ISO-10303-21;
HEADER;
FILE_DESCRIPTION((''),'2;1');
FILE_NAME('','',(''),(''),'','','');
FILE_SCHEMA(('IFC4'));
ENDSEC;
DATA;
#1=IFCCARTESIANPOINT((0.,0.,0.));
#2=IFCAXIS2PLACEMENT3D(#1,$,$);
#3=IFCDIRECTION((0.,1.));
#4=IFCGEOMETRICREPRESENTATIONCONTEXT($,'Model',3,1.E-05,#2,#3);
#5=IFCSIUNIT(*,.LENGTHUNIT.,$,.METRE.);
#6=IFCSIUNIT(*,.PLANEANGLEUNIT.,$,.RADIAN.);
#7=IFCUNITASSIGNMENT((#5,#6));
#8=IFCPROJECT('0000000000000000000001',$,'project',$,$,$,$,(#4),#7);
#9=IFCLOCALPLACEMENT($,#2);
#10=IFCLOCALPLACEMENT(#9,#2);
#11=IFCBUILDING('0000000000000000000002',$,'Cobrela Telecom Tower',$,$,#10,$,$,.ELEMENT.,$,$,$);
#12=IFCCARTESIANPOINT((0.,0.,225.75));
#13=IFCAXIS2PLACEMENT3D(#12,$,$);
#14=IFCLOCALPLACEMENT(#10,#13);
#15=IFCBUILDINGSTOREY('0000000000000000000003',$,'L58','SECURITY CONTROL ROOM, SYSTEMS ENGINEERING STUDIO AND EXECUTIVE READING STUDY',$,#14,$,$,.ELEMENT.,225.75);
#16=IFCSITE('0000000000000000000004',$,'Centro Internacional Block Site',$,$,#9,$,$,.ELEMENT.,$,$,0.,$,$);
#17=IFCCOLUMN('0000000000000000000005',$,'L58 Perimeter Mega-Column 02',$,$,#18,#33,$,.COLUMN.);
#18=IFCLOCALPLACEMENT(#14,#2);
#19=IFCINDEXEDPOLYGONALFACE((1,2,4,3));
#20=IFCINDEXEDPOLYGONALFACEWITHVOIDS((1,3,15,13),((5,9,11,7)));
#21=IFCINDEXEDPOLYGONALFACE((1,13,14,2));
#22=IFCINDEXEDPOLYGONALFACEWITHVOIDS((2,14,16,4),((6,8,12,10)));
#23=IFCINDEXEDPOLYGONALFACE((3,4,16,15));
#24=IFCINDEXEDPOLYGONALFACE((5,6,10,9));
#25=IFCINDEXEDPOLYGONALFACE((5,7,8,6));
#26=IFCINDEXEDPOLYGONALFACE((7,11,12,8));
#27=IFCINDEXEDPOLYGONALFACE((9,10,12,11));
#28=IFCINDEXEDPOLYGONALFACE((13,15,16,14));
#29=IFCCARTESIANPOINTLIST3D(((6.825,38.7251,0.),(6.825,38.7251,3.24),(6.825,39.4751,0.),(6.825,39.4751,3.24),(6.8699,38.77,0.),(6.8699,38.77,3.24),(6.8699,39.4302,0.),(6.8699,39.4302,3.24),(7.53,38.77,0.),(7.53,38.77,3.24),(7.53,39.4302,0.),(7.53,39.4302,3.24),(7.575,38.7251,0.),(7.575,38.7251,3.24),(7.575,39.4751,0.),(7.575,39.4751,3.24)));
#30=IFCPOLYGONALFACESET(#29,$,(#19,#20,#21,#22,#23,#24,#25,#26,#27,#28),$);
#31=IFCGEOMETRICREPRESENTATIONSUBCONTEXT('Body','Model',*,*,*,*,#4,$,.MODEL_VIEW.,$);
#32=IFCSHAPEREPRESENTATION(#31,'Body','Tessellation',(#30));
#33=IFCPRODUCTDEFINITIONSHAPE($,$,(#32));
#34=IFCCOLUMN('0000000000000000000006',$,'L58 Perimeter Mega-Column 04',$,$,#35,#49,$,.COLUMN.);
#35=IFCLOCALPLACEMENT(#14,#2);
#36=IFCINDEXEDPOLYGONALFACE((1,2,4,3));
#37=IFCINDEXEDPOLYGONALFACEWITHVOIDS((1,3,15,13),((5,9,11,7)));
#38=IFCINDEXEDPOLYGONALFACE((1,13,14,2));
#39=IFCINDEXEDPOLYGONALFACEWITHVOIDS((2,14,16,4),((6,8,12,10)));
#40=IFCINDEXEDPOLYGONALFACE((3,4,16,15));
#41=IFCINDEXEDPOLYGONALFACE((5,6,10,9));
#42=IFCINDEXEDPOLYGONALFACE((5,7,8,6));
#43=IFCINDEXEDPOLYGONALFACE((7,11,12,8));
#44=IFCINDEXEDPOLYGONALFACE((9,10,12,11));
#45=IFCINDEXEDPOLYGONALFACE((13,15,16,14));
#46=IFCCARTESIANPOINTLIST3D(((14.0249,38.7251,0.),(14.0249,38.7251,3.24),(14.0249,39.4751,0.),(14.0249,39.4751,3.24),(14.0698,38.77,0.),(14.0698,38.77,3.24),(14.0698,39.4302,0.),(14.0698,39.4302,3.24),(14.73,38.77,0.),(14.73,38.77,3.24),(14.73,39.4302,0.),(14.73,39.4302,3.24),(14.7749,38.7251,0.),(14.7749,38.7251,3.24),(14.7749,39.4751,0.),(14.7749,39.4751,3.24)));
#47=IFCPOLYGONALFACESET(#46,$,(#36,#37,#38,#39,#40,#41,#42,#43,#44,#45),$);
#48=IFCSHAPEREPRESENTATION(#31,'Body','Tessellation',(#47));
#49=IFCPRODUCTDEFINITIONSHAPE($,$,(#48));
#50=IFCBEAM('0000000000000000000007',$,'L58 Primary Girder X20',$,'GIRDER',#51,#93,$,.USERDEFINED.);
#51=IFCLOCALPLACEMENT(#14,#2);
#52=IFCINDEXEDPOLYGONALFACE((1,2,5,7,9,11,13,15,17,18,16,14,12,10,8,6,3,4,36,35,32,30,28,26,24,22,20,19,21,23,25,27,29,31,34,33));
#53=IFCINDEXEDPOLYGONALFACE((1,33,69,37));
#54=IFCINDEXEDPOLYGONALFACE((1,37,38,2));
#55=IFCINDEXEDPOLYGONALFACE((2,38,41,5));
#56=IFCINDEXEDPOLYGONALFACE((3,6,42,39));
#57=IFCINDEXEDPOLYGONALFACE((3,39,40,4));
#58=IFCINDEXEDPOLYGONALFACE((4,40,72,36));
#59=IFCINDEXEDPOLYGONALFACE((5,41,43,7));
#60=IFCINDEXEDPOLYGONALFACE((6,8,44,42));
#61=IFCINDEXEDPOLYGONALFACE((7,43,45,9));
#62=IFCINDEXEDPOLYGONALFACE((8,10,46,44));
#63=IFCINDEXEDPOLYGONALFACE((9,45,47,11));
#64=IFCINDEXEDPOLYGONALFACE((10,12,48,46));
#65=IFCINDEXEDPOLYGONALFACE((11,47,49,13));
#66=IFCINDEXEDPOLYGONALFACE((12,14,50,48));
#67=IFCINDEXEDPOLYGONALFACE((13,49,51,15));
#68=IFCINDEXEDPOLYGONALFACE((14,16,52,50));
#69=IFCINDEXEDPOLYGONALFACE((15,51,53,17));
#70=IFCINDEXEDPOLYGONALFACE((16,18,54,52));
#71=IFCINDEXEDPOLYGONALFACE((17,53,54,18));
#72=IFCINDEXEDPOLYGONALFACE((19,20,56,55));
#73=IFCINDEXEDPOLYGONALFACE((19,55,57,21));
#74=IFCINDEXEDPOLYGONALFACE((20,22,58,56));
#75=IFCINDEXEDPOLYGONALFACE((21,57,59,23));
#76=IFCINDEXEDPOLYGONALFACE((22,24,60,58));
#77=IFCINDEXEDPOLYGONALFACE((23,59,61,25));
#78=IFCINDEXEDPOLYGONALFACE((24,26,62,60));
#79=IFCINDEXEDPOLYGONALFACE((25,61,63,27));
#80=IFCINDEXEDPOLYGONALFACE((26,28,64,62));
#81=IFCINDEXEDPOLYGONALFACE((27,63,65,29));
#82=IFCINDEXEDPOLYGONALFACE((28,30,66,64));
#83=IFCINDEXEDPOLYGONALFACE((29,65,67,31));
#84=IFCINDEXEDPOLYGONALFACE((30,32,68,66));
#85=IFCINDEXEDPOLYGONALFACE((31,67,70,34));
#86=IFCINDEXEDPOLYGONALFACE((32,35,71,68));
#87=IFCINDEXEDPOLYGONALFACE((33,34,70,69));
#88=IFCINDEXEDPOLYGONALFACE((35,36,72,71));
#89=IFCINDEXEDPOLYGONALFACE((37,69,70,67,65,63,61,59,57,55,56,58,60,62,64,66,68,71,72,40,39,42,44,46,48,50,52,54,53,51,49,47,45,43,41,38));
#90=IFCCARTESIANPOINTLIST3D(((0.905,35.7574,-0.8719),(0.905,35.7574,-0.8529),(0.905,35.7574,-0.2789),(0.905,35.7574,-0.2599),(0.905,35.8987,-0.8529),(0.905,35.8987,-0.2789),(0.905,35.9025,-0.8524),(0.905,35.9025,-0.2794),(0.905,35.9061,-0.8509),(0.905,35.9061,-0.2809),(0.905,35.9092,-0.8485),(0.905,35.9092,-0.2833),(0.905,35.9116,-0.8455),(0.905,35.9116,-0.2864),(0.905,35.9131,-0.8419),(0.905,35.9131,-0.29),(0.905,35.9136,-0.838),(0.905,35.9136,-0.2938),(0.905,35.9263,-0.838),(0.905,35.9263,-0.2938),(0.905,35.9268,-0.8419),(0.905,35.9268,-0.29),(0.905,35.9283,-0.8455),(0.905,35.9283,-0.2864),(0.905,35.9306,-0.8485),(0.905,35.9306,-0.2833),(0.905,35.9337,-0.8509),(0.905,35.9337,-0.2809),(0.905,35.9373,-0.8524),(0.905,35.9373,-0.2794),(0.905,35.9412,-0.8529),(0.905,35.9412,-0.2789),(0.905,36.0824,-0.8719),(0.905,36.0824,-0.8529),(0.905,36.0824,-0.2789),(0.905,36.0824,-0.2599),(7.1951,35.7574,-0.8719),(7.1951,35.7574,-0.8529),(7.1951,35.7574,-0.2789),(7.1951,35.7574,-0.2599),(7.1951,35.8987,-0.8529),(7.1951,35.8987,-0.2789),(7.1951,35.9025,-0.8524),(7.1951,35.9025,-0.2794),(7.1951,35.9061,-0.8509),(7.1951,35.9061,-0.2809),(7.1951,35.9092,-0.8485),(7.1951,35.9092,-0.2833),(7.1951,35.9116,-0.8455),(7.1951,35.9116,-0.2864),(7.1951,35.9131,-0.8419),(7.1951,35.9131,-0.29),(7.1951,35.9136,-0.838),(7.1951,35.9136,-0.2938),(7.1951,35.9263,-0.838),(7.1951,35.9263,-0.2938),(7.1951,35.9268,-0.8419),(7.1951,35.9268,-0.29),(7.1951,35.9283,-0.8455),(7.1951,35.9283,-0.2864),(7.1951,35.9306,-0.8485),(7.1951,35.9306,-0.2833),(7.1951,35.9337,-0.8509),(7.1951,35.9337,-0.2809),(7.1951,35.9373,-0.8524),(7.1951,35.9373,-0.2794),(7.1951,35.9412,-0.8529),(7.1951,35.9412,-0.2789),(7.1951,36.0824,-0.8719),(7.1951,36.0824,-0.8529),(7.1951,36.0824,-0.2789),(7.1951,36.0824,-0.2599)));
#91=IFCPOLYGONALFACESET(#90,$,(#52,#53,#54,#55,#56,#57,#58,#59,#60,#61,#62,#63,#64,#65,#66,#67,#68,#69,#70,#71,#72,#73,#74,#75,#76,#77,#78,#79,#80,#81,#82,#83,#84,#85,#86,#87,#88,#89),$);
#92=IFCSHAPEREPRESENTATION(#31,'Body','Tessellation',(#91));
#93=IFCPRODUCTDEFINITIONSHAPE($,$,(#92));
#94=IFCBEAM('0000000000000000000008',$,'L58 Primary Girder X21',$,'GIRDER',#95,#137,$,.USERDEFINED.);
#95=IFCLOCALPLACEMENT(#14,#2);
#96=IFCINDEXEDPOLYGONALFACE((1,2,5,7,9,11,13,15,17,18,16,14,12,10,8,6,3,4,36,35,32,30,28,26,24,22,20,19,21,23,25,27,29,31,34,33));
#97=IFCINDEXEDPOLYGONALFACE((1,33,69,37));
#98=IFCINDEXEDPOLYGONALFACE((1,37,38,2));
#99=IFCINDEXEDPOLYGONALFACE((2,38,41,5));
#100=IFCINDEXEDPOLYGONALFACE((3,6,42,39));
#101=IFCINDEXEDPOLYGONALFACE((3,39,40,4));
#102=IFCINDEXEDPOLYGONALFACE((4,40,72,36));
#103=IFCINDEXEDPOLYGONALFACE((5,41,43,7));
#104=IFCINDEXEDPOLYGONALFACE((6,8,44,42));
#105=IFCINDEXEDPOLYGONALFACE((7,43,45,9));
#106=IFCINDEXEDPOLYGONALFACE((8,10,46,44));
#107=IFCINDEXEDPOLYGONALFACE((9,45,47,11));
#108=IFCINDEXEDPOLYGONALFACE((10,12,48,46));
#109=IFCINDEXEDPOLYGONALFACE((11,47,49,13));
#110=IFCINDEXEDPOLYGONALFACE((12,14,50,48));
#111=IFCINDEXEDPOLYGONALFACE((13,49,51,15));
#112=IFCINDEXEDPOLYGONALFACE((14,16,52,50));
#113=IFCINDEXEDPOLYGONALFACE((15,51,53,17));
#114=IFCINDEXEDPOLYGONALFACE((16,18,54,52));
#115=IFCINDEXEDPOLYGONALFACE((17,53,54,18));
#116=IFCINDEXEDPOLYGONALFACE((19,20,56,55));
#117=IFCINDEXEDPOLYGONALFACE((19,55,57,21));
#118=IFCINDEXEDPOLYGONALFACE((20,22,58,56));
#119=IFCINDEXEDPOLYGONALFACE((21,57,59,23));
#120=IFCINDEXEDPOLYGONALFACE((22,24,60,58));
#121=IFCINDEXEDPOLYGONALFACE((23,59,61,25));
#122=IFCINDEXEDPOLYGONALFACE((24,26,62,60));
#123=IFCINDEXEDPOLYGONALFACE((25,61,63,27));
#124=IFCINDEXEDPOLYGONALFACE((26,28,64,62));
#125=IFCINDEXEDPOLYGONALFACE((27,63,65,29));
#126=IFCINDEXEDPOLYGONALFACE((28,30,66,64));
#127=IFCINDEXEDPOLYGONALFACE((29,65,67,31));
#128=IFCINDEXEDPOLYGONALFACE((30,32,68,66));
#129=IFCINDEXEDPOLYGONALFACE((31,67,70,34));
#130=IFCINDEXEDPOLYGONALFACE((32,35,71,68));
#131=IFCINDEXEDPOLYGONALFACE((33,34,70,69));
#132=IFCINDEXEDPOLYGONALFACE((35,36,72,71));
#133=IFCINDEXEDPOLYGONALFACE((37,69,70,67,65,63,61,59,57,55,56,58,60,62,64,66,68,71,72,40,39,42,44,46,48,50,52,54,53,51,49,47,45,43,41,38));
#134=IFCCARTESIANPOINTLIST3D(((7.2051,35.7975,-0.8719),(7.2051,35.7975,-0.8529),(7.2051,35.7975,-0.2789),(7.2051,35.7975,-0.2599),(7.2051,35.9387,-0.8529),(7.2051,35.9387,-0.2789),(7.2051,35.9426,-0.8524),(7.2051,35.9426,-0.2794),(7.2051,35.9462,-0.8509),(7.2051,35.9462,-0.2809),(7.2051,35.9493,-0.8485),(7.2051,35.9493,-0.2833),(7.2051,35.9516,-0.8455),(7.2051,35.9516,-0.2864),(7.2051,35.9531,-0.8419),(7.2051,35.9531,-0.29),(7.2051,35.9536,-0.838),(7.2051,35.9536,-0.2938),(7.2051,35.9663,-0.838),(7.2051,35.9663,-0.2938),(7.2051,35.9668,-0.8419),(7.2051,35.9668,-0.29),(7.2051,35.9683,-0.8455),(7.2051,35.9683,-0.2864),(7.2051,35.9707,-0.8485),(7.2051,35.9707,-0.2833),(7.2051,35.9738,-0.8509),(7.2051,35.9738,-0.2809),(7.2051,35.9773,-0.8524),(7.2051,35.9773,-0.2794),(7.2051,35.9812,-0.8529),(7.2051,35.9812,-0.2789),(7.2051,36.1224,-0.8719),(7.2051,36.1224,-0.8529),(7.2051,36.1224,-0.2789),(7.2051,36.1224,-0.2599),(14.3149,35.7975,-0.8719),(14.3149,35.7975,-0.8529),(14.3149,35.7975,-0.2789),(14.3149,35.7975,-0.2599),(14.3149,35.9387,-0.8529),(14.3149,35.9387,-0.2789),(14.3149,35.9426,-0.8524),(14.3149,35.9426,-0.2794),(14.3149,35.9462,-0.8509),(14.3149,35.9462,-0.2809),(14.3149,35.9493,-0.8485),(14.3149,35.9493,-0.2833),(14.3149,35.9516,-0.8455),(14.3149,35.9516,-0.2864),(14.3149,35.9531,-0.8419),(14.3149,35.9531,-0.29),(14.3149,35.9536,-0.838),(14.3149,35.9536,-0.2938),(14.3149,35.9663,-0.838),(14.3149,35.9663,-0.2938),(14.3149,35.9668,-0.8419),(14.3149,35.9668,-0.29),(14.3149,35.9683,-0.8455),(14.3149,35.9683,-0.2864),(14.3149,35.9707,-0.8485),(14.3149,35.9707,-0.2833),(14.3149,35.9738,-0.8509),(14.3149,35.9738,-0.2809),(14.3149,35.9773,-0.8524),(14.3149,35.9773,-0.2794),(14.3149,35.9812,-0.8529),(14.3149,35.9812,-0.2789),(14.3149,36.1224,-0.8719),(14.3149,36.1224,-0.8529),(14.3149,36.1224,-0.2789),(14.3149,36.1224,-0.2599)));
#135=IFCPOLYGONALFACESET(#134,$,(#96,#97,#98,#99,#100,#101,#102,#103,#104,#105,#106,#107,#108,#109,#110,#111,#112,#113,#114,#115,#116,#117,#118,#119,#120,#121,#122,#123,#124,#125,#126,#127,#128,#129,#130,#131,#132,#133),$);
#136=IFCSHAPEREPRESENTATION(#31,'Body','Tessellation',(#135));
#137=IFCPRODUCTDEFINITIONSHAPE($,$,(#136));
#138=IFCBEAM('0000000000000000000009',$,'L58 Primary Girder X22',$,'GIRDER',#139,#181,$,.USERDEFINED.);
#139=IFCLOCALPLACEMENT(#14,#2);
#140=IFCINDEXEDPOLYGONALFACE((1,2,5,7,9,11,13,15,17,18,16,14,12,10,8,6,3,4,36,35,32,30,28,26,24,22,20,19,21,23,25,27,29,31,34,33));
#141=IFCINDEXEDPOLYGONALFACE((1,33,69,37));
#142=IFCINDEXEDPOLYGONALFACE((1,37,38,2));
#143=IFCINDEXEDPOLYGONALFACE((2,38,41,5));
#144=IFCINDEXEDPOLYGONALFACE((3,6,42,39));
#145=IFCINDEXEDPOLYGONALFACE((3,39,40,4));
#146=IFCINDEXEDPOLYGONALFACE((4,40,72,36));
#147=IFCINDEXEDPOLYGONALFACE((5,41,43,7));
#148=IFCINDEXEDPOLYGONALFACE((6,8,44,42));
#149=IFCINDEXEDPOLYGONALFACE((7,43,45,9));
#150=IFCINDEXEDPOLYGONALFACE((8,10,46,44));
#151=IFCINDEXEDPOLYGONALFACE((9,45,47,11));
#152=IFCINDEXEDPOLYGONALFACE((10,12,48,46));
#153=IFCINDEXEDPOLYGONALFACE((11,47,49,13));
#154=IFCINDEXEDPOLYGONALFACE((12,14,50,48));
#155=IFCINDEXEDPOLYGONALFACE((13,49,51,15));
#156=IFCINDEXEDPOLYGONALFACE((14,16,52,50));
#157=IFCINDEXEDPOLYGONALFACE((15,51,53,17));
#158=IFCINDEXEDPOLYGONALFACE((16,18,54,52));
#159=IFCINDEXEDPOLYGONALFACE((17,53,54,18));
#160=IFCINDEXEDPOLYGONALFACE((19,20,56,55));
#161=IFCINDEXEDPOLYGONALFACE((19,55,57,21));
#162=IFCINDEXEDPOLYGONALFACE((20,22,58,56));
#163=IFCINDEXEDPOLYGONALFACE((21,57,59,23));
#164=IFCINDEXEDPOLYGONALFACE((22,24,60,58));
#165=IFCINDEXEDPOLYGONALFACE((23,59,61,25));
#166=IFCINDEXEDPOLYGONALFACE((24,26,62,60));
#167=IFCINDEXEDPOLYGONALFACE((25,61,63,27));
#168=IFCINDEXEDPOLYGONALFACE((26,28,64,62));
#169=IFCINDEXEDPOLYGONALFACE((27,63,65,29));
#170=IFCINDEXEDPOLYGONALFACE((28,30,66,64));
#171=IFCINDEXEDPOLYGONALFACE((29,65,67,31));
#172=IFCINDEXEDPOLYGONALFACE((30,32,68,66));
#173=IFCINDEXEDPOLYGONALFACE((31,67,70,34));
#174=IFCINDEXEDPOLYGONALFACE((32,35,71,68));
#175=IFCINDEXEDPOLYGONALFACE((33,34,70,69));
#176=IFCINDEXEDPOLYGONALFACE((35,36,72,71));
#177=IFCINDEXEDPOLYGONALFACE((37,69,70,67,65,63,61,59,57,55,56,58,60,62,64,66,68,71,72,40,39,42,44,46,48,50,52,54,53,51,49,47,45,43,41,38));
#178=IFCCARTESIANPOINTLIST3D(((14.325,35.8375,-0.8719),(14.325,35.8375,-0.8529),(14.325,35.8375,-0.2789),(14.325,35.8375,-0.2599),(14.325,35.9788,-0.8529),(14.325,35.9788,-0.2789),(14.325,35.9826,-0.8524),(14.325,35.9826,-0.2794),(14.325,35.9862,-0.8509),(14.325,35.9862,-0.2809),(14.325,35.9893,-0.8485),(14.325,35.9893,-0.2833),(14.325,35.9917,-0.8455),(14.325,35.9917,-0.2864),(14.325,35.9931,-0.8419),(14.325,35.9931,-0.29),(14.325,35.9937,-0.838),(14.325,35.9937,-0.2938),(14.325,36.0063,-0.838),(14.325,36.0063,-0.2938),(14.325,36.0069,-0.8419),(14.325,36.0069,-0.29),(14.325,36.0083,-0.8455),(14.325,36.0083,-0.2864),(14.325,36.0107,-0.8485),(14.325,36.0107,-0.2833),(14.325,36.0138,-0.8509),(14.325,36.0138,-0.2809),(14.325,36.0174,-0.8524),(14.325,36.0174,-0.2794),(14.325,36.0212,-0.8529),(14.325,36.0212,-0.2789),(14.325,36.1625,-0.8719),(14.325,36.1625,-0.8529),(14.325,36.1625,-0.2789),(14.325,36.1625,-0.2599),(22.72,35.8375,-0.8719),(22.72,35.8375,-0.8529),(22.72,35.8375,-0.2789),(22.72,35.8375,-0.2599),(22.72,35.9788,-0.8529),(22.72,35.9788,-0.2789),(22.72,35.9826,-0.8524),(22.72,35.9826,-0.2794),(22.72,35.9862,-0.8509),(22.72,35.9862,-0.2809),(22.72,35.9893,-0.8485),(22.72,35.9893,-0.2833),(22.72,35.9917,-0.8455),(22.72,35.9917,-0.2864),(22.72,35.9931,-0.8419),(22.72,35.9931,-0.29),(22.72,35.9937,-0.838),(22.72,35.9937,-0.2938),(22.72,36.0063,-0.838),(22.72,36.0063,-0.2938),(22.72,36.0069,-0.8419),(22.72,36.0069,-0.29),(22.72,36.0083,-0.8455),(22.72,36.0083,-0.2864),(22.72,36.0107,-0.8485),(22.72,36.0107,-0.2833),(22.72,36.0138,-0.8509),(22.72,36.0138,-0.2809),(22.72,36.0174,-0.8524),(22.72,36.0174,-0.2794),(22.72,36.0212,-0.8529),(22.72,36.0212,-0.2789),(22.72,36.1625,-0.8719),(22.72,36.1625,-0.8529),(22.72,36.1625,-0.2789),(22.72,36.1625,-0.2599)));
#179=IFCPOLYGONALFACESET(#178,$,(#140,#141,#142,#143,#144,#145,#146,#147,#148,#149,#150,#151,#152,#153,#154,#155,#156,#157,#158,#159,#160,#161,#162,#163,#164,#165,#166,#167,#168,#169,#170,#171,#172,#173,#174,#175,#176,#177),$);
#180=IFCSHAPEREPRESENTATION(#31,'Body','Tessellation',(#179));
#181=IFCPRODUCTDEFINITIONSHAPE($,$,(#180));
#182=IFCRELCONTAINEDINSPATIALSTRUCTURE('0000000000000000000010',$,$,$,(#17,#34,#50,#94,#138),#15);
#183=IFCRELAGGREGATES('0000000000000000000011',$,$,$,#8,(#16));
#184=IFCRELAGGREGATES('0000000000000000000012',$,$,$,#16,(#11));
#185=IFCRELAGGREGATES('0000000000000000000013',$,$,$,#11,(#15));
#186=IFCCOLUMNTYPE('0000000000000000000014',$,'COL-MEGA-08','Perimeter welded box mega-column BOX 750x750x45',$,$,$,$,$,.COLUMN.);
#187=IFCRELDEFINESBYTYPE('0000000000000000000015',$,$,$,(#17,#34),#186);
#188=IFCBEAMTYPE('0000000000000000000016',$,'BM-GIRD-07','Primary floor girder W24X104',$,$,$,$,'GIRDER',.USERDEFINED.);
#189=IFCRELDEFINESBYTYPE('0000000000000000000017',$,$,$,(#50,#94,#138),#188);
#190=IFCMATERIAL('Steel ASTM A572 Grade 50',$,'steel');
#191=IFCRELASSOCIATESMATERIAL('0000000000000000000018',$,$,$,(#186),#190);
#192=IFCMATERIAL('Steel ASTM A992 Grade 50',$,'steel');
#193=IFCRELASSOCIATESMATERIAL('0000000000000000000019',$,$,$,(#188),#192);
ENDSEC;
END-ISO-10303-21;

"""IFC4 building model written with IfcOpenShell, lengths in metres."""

from ifc_helpers import new_model, si_unit, direction, frame, origin, origin_2d, place, context, subcontext, project, spatial, hollow_rectangle, i_section, extrude, material, material_profile, profile_set, type_object, element, save


model = new_model("IFC4")

# Units and contexts
model_context = context("Model", 3, precision=1e-05, world=origin(), true_north=direction((0.0, 1.0)))
body_context = subcontext(model_context, "Body", "Model", "MODEL_VIEW")
ifc_project = project(units=[si_unit("LENGTHUNIT", "METRE"), si_unit("PLANEANGLEUNIT", "RADIAN")], contexts=[model_context])

# Site, building, storey
site_placement = place(None, origin())
site = spatial("IfcSite", under=ifc_project, at=site_placement, Name="Centro Internacional Block Site", CompositionType="ELEMENT", RefElevation=0.0)
building_placement = place(site_placement, origin())
building = spatial("IfcBuilding", under=site, at=building_placement, Name="Cobrela Telecom Tower", CompositionType="ELEMENT")
storey_placement = place(building_placement, frame((0.0, 0.0, 225.75)))
storey = spatial("IfcBuildingStorey", under=building, at=storey_placement, Name="L58", Description="SECURITY CONTROL ROOM, SYSTEMS ENGINEERING STUDIO AND EXECUTIVE READING STUDY", CompositionType="ELEMENT", Elevation=225.75)

# Columns
ifc_material_1 = material(Name="Steel ASTM A572 Grade 50", Category="steel")
ifc_material_profile_1 = material_profile(ifc_material_1, hollow_rectangle(XDim=0.75, YDim=0.75, WallThickness=0.0449, at=origin_2d()), Name="BOX 750x750x45")
ifc_profile_set_1 = profile_set([ifc_material_profile_1], Name="Steel ASTM A572 Grade 50")
column_type = type_object("IfcColumnType", Name="COL-MEGA-08", Description="Perimeter welded box mega-column BOX 750x750x45", PredefinedType="COLUMN", material=ifc_profile_set_1)
for number, where, z_axis, x_axis, name in (
    (1, (7.2, 39.1001, 0.0), (0.0, 0.0, 1.0), (1.0, 0.0, 0.0), "L58 Perimeter Mega-Column 02"),
    (2, (14.3999, 39.1001, 0.0), (0.0, 0.0, 1.0), (1.0, 0.0, 0.0), "L58 Perimeter Mega-Column 04"),
):
    element("IfcColumn", number, at=place(storey_placement, frame(where, z_axis=z_axis, x_axis=x_axis)), inside=storey, type_object=column_type, Name=name, PredefinedType="COLUMN", context=body_context, shape_type="SweptSolid", body=[
        extrude(hollow_rectangle(XDim=0.75, YDim=0.75, WallThickness=0.0449, at=origin_2d()), origin(), (0.0, 0.0, 1.0), 3.24),
    ])

# Beams
ifc_material_2 = material(Name="Steel ASTM A992 Grade 50", Category="steel")
ifc_material_profile_2 = material_profile(ifc_material_2, i_section(OverallWidth=0.325, OverallDepth=0.6121, WebThickness=0.0127, FlangeThickness=0.019, FilletRadius=0.0149, at=origin_2d()), Name="W24X104")
ifc_profile_set_2 = profile_set([ifc_material_profile_2], Name="Steel ASTM A992 Grade 50")
beam_type_1 = type_object("IfcBeamType", Name="BM-GIRD-07", Description="Primary floor girder W24X104", ElementType="GIRDER", PredefinedType="USERDEFINED", material=ifc_profile_set_2)
beam_1_placement = place(storey_placement, frame((0.905, 35.9199, -0.5659), z_axis=(1.0, 0.0, 0.0), x_axis=(0.0, 1.0, 0.0)))
element("IfcBeam", 3, at=beam_1_placement, inside=storey, type_object=beam_type_1, Name="L58 Primary Girder X20", ObjectType="GIRDER", PredefinedType="USERDEFINED", context=body_context, shape_type="SweptSolid", body=[
    extrude(i_section(OverallWidth=0.325, OverallDepth=0.6121, WebThickness=0.0127, FlangeThickness=0.019, FilletRadius=0.0149, at=origin_2d()), origin(), (0.0, 0.0, 1.0), 6.29),
])
beam_2_placement = place(storey_placement, frame((7.2051, 35.96, -0.5659), z_axis=(1.0, 0.0, 0.0), x_axis=(0.0, 1.0, 0.0)))
element("IfcBeam", 4, at=beam_2_placement, inside=storey, type_object=beam_type_1, Name="L58 Primary Girder X21", ObjectType="GIRDER", PredefinedType="USERDEFINED", context=body_context, shape_type="SweptSolid", body=[
    extrude(i_section(OverallWidth=0.325, OverallDepth=0.6121, WebThickness=0.0127, FlangeThickness=0.019, FilletRadius=0.0149, at=origin_2d()), origin(), (0.0, 0.0, 1.0), 7.1099),
])
beam_3_placement = place(storey_placement, frame((14.325, 36.0, -0.5659), z_axis=(1.0, 0.0, 0.0), x_axis=(0.0, 1.0, 0.0)))
element("IfcBeam", 5, at=beam_3_placement, inside=storey, type_object=beam_type_1, Name="L58 Primary Girder X22", ObjectType="GIRDER", PredefinedType="USERDEFINED", context=body_context, shape_type="SweptSolid", body=[
    extrude(i_section(OverallWidth=0.325, OverallDepth=0.6121, WebThickness=0.0127, FlangeThickness=0.019, FilletRadius=0.0149, at=origin_2d()), origin(), (0.0, 0.0, 1.0), 8.395),
])

save(model, "model.ifc")
